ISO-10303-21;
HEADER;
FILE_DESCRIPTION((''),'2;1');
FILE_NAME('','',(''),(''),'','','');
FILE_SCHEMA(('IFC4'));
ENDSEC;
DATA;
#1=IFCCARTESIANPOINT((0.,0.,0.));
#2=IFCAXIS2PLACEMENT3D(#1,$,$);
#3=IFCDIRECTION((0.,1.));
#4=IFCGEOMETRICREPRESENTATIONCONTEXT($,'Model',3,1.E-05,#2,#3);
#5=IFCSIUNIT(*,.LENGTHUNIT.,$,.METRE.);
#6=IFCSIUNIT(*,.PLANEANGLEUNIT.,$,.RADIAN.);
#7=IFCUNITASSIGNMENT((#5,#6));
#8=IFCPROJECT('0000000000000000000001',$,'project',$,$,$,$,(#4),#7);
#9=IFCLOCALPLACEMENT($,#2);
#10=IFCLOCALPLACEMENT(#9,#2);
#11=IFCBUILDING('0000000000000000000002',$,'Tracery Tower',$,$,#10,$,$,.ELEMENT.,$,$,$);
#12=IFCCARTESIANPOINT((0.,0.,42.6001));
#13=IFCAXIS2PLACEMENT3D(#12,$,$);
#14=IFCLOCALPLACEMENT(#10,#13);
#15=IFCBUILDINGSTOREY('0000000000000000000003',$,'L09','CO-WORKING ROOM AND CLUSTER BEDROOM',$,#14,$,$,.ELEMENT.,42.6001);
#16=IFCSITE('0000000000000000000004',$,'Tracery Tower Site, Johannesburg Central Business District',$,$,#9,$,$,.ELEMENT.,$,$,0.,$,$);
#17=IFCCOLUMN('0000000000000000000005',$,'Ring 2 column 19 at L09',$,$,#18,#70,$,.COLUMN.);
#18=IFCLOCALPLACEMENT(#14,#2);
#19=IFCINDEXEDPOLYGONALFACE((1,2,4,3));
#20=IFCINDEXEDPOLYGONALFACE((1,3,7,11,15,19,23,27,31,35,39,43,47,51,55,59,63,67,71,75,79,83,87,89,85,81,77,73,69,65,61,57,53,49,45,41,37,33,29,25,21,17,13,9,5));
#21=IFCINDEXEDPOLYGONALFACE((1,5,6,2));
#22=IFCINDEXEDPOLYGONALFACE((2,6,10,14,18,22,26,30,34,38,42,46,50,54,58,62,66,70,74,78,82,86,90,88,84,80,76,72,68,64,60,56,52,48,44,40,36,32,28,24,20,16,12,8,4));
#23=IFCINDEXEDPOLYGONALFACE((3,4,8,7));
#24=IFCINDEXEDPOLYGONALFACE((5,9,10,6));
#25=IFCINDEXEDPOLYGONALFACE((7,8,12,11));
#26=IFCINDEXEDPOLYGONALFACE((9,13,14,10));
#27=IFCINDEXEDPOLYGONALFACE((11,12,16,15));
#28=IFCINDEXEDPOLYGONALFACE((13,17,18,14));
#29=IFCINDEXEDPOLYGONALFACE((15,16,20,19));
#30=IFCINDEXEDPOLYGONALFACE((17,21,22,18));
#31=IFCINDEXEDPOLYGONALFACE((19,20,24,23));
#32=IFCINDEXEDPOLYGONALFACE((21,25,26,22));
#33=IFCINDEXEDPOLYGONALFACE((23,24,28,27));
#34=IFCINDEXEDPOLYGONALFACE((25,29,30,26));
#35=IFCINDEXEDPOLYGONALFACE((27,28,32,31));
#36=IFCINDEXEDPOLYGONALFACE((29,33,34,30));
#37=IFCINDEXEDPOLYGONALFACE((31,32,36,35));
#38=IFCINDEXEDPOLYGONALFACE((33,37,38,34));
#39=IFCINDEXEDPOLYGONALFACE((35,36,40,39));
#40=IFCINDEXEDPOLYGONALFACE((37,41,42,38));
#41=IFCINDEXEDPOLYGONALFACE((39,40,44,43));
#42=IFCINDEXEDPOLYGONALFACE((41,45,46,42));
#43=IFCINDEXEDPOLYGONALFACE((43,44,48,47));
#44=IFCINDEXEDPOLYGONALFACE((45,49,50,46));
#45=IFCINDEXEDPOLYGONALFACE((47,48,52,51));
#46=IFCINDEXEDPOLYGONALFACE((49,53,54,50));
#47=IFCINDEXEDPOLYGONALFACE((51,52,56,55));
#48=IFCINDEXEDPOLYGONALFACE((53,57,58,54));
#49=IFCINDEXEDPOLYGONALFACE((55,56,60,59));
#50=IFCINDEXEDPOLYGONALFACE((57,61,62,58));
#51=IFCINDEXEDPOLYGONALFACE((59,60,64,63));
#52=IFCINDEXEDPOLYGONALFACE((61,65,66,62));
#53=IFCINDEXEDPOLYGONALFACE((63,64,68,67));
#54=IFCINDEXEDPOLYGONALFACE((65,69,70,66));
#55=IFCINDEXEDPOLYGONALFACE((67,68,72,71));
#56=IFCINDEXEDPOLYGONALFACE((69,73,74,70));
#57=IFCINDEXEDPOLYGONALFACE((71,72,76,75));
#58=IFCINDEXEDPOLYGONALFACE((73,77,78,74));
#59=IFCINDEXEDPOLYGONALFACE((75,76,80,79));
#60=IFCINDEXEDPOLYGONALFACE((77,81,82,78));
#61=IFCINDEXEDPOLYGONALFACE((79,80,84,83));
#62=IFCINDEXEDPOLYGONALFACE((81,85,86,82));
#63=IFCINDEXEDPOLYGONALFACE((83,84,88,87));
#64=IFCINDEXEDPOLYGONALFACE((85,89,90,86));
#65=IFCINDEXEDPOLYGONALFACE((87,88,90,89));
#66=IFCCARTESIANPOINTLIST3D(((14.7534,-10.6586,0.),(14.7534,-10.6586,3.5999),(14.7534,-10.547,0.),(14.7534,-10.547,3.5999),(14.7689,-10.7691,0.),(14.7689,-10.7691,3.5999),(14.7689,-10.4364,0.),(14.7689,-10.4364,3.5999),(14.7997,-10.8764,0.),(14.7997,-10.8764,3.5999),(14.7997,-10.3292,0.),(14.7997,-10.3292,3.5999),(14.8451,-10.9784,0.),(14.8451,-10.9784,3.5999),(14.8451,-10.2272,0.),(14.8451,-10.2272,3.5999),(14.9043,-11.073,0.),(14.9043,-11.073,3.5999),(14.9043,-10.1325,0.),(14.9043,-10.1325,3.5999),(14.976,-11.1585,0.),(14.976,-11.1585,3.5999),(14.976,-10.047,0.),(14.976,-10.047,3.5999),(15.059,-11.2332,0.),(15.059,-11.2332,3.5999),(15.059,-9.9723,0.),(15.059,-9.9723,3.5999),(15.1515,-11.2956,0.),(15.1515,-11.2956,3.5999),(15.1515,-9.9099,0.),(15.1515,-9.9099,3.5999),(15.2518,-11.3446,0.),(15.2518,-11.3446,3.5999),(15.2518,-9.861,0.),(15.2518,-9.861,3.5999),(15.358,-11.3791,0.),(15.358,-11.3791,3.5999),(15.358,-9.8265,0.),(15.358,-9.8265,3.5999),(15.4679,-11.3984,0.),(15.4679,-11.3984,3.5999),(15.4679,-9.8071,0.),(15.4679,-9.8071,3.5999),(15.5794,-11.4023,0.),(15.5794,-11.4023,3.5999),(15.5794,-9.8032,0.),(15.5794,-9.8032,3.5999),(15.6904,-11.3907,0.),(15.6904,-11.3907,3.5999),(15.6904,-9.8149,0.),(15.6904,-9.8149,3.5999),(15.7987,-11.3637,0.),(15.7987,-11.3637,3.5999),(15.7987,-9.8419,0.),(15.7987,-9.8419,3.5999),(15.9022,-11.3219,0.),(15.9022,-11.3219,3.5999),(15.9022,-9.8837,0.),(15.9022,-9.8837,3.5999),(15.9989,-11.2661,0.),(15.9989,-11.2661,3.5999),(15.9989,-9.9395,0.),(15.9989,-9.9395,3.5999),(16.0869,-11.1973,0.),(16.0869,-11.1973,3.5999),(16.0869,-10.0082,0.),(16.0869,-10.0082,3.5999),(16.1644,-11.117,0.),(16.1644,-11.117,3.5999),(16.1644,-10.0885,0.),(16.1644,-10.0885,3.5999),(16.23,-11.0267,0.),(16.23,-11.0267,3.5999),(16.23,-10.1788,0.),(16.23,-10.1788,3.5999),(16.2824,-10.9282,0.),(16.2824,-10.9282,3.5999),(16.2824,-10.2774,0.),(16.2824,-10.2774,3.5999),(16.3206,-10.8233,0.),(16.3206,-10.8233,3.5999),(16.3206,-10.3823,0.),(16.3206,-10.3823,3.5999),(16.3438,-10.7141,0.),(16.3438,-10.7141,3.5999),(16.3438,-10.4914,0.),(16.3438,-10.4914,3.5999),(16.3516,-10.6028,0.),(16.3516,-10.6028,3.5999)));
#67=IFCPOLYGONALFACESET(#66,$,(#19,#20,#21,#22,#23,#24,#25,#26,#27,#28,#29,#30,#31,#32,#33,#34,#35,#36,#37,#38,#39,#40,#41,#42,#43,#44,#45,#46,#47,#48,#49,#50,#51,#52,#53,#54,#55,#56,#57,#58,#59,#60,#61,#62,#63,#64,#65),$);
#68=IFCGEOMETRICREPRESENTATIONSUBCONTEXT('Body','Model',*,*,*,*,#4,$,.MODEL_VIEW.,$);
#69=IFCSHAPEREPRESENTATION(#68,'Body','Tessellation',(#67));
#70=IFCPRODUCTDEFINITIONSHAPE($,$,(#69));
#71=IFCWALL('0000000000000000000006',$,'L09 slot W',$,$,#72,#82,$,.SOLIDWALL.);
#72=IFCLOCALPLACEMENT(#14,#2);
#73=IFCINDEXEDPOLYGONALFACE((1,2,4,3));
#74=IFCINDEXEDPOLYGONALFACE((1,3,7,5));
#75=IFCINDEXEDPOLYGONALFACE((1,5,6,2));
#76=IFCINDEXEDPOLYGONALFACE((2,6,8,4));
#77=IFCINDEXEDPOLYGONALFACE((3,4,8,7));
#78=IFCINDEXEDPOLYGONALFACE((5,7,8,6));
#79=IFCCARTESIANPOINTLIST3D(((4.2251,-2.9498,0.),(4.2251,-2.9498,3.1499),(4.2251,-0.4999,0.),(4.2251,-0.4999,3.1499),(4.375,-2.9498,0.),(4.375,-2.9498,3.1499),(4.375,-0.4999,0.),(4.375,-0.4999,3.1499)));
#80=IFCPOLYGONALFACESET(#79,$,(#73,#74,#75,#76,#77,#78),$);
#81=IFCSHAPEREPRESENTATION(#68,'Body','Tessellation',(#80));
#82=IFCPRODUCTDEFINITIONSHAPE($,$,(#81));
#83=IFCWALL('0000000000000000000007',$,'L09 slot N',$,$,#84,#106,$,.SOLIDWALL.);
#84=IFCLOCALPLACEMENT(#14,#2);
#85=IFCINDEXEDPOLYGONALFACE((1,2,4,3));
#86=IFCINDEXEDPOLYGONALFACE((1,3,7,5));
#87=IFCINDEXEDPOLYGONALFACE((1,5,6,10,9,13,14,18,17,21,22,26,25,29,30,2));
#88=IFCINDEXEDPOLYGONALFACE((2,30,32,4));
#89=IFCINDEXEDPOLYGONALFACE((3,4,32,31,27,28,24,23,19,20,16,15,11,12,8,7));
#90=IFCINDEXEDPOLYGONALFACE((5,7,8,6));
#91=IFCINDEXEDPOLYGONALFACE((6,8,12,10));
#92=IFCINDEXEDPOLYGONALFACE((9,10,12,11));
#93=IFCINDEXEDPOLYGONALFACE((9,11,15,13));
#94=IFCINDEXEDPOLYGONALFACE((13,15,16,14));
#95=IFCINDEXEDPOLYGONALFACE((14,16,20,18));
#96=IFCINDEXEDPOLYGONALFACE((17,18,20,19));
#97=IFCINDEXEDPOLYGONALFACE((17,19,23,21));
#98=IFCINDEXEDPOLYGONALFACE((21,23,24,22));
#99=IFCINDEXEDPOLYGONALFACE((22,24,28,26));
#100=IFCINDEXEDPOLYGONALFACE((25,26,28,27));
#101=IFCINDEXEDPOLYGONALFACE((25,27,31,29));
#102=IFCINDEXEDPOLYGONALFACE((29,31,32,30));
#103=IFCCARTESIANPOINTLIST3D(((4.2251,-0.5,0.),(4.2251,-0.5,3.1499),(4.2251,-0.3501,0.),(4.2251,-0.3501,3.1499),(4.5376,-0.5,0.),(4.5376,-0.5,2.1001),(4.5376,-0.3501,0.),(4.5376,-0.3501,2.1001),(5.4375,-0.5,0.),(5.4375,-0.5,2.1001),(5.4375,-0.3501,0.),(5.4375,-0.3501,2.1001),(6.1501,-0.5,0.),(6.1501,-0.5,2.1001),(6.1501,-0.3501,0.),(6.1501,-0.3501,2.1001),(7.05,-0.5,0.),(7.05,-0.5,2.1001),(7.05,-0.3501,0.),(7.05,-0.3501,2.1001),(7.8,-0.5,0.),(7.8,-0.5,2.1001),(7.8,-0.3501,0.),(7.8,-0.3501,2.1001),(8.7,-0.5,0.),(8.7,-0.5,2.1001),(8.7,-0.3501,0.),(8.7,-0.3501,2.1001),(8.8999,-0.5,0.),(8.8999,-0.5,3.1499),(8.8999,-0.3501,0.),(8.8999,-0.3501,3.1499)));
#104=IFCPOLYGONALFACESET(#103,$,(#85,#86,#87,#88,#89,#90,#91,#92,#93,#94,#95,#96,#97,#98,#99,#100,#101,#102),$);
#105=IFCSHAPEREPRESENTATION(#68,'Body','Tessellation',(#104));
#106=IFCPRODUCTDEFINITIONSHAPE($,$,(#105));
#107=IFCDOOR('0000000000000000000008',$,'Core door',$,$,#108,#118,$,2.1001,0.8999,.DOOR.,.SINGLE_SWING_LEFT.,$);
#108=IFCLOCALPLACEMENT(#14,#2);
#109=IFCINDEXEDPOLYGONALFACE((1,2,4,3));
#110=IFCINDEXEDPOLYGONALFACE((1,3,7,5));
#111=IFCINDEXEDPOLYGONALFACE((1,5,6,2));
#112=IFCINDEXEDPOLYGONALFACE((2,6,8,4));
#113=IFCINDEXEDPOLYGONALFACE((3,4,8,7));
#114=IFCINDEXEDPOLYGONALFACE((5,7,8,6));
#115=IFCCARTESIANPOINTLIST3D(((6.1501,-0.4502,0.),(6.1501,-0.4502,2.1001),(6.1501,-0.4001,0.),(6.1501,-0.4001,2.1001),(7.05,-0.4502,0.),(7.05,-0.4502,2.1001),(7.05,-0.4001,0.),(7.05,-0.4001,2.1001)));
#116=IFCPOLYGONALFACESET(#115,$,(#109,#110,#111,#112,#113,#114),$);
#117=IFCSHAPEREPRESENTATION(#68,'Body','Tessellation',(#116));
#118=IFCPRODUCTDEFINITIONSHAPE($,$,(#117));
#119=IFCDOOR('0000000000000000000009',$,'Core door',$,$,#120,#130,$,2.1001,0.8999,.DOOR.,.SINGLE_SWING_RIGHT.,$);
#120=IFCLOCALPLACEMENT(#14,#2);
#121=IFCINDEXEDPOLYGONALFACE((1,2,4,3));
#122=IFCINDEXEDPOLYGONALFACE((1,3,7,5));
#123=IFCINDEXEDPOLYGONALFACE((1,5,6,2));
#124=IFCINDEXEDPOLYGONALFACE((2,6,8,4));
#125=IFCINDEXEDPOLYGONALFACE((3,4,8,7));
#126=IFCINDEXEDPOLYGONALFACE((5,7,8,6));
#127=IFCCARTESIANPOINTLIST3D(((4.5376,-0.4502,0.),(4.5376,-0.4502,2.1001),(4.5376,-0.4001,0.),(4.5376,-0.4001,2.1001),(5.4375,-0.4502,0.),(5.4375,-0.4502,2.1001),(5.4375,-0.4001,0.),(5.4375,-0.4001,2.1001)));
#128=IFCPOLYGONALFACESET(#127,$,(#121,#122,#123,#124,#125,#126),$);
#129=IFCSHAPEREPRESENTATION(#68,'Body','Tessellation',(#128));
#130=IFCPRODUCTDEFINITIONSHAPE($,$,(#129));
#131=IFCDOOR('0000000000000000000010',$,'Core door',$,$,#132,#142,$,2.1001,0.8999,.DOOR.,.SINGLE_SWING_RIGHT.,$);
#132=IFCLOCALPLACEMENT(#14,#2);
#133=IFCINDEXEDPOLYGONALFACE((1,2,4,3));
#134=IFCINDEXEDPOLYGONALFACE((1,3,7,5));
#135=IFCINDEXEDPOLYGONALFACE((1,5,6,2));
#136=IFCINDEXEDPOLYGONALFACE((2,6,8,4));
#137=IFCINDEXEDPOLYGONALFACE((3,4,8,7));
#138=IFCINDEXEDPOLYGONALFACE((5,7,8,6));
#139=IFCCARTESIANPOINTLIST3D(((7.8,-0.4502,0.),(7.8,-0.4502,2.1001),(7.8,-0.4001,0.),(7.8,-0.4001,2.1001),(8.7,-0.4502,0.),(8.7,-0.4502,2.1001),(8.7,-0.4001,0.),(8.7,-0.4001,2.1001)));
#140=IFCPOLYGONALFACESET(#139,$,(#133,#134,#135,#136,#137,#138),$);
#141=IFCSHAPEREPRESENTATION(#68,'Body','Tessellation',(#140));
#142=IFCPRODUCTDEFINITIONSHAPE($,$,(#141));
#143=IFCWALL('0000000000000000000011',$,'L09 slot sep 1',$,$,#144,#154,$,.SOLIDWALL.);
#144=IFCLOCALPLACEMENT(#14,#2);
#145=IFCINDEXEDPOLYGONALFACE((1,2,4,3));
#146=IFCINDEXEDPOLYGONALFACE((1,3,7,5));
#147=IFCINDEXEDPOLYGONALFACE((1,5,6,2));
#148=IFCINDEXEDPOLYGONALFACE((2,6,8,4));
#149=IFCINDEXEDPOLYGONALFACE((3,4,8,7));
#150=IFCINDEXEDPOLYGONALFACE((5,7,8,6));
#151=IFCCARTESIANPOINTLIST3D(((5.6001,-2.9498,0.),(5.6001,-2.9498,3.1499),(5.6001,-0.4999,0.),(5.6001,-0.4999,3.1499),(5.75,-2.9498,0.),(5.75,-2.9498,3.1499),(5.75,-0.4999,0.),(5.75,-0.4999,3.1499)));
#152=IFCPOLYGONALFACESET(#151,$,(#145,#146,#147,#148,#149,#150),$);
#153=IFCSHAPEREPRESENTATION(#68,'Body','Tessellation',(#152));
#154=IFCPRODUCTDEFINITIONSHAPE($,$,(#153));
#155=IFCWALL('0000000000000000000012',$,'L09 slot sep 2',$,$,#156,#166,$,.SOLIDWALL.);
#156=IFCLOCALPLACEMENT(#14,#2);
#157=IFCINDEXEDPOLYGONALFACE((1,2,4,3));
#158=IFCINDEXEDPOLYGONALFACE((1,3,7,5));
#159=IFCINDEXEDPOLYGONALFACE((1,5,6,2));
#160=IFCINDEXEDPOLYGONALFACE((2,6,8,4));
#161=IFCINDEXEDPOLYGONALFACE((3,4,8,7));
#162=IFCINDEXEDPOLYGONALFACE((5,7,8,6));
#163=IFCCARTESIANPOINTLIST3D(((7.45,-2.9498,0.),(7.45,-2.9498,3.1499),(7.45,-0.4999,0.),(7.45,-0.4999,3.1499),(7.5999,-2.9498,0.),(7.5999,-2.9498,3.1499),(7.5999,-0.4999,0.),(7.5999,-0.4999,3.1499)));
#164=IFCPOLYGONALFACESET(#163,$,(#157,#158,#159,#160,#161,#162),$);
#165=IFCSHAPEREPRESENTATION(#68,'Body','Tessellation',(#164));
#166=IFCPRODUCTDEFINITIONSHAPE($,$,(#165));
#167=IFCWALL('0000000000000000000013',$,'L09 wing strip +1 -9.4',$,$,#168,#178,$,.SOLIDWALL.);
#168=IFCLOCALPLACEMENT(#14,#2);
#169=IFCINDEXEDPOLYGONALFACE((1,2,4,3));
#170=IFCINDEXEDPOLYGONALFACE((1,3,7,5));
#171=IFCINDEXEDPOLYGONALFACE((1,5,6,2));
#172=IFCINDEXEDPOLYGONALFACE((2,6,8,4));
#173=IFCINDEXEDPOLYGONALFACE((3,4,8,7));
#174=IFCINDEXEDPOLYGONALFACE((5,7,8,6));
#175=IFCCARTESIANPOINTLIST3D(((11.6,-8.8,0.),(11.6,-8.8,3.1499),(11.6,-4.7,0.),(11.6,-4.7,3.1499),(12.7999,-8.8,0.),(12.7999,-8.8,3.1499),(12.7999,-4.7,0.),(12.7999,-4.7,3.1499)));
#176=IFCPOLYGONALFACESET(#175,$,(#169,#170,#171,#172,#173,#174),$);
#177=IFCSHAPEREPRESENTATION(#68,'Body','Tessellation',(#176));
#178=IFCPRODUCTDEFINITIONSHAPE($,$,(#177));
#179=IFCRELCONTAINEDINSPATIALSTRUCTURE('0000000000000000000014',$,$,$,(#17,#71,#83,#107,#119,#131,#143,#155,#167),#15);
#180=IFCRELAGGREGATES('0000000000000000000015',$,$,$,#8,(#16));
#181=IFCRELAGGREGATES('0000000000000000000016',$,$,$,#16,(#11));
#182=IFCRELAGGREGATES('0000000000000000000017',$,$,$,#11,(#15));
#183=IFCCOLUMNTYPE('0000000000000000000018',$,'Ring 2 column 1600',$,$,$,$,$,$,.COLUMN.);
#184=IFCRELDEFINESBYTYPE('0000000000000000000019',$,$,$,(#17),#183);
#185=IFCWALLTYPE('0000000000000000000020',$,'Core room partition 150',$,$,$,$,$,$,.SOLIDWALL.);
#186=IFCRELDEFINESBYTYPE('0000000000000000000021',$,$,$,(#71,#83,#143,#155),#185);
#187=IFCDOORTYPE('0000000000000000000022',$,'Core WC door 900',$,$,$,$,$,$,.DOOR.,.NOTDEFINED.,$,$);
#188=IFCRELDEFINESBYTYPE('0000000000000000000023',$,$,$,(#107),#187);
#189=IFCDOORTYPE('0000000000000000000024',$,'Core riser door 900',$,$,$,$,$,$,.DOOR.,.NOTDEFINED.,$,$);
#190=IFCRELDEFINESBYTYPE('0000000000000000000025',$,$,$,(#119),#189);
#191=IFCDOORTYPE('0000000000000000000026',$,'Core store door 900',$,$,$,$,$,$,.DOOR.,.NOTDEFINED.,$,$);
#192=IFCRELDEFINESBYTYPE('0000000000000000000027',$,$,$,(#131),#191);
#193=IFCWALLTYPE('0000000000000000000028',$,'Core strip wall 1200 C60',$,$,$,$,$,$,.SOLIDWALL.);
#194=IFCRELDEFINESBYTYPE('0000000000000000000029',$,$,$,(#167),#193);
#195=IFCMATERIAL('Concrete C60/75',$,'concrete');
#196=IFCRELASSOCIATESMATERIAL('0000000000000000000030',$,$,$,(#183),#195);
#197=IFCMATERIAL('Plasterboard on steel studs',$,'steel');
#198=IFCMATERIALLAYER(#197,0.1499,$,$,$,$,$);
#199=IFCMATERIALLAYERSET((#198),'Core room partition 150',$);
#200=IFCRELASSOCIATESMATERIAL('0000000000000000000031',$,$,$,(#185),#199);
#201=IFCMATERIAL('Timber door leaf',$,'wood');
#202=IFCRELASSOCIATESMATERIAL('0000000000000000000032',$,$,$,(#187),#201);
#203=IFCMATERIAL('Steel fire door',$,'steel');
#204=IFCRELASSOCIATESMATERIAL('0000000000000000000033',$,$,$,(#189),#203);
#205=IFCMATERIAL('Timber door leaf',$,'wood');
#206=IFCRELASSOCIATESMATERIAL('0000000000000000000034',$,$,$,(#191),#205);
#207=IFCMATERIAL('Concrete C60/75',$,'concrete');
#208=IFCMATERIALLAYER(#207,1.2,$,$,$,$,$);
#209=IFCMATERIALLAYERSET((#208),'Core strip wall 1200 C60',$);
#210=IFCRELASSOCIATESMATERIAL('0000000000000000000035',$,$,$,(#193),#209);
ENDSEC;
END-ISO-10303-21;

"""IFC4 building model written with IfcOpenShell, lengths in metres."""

from ifc_helpers import new_model, si_unit, direction, frame, frame_2d, origin, origin_2d, place, context, subcontext, project, spatial, rectangle, circle, extrude, material, layer, layer_set, material_profile, profile_set, type_object, element, fill, save


model = new_model("IFC4")

# Units and contexts
model_context = context("Model", 3, precision=1e-05, world=origin(), true_north=direction((0.0, 1.0)))
body_context = subcontext(model_context, "Body", "Model", "MODEL_VIEW")
ifc_project = project(units=[si_unit("LENGTHUNIT", "METRE"), si_unit("PLANEANGLEUNIT", "RADIAN")], contexts=[model_context])

# Site, building, storey
site_placement = place(None, origin())
site = spatial("IfcSite", under=ifc_project, at=site_placement, Name="Tracery Tower Site, Johannesburg Central Business District", CompositionType="ELEMENT", RefElevation=0.0)
building_placement = place(site_placement, origin())
building = spatial("IfcBuilding", under=site, at=building_placement, Name="Tracery Tower", CompositionType="ELEMENT")
storey_placement = place(building_placement, frame((0.0, 0.0, 42.6001)))
storey = spatial("IfcBuildingStorey", under=building, at=storey_placement, Name="L09", Description="CO-WORKING ROOM AND CLUSTER BEDROOM", CompositionType="ELEMENT", Elevation=42.6001)

# Column
ifc_material_1 = material(Name="Concrete C60/75", Category="concrete")
ifc_material_profile = material_profile(ifc_material_1, circle(Radius=0.8, at=origin_2d()), Name="RC D1600")
ifc_profile_set = profile_set([ifc_material_profile], Name="Concrete C60/75")
column_type = type_object("IfcColumnType", Name="Ring 2 column 1600", PredefinedType="COLUMN", material=ifc_profile_set)
column_placement = place(storey_placement, frame((15.5515, -10.6028, 0.0), z_axis=(0.0, 0.0, 1.0), x_axis=(1.0, 0.0, 0.0)))
element("IfcColumn", 1, at=column_placement, inside=storey, type_object=column_type, Name="Ring 2 column 19 at L09", PredefinedType="COLUMN", context=body_context, shape_type="SweptSolid", body=[
    extrude(circle(Radius=0.8, at=origin_2d()), origin(), (0.0, 0.0, 1.0), 3.5999),
])

# Wall
ifc_material_2 = material(Name="Plasterboard on steel studs", Category="steel")
ifc_layer_1 = layer(ifc_material_2, 0.1499)
ifc_layer_set_1 = layer_set([ifc_layer_1], Name="Core room partition 150")
wall_type_1 = type_object("IfcWallType", Name="Core room partition 150", PredefinedType="SOLIDWALL", material=ifc_layer_set_1)
wall_1_placement = place(storey_placement, frame((4.3, -2.95, 0.0), z_axis=(0.0, 0.0, 1.0), x_axis=(0.0, 1.0, 0.0)))
element("IfcWall", 2, at=wall_1_placement, inside=storey, type_object=wall_type_1, Name="L09 slot W", PredefinedType="SOLIDWALL", context=body_context, shape_type="SweptSolid", body=[
    extrude(rectangle(XDim=2.45, YDim=0.1499, at=frame_2d((1.2251, 0.0))), origin(), (0.0, 0.0, 1.0), 3.1499),
])

# Wall, openings, doors
wall_2_placement = place(storey_placement, frame((4.2251, -0.425, 0.0), z_axis=(0.0, 0.0, 1.0), x_axis=(1.0, 0.0, 0.0)))
wall_2 = element("IfcWall", 3, at=wall_2_placement, inside=storey, type_object=wall_type_1, Name="L09 slot N", PredefinedType="SOLIDWALL", context=body_context, shape_type="SweptSolid", body=[
    extrude(rectangle(XDim=4.6748, YDim=0.1499, at=frame_2d((2.3374, 0.0))), origin(), (0.0, 0.0, 1.0), 3.1499),
])
opening_1_placement = place(wall_2_placement, frame((0.3125, 0.0, 0.0)))
opening_1 = element("IfcOpeningElement", 4, at=opening_1_placement, cuts=wall_2, PredefinedType="OPENING", context=body_context, shape_type="SweptSolid", body=[
    extrude(rectangle(XDim=0.8999, YDim=2.1001, at=frame_2d((0.45, 1.05))), frame((0.0, 0.075, 0.0), z_axis=(0.0, -1.0, 0.0), x_axis=(1.0, 0.0, 0.0)), (0.0, 0.0, 1.0), 0.1499),
])
opening_2_placement = place(wall_2_placement, frame((1.925, 0.0, 0.0)))
opening_2 = element("IfcOpeningElement", 5, at=opening_2_placement, cuts=wall_2, PredefinedType="OPENING", context=body_context, shape_type="SweptSolid", body=[
    extrude(rectangle(XDim=0.8999, YDim=2.1001, at=frame_2d((0.45, 1.05))), frame((0.0, 0.075, 0.0), z_axis=(0.0, -1.0, 0.0), x_axis=(1.0, 0.0, 0.0)), (0.0, 0.0, 1.0), 0.1499),
])
opening_3_placement = place(wall_2_placement, frame((3.575, 0.0, 0.0)))
opening_3 = element("IfcOpeningElement", 6, at=opening_3_placement, cuts=wall_2, PredefinedType="OPENING", context=body_context, shape_type="SweptSolid", body=[
    extrude(rectangle(XDim=0.8999, YDim=2.1001, at=frame_2d((0.45, 1.05))), frame((0.0, 0.075, 0.0), z_axis=(0.0, -1.0, 0.0), x_axis=(1.0, 0.0, 0.0)), (0.0, 0.0, 1.0), 0.1499),
])
ifc_material_3 = material(Name="Timber door leaf", Category="wood")
door_type_1 = type_object("IfcDoorType", Name="Core WC door 900", OperationType="NOTDEFINED", PredefinedType="DOOR", material=ifc_material_3)
door_1_placement = place(opening_2_placement, origin())
door_1 = element("IfcDoor", 7, at=door_1_placement, inside=storey, type_object=door_type_1, Name="Core door", OperationType="SINGLE_SWING_LEFT", OverallHeight=2.1001, OverallWidth=0.8999, PredefinedType="DOOR", context=body_context, shape_type="SweptSolid", body=[
    extrude(rectangle(XDim=0.8999, YDim=2.1001, at=frame_2d((0.45, 1.05))), frame((0.0, 0.0249, 0.0), z_axis=(0.0, -1.0, 0.0), x_axis=(1.0, 0.0, 0.0)), (0.0, 0.0, 1.0), 0.05),
])
fill(opening_2, door_1)
ifc_material_4 = material(Name="Steel fire door", Category="steel")
door_type_2 = type_object("IfcDoorType", Name="Core riser door 900", OperationType="NOTDEFINED", PredefinedType="DOOR", material=ifc_material_4)
door_2_placement = place(opening_1_placement, origin())
door_2 = element("IfcDoor", 8, at=door_2_placement, inside=storey, type_object=door_type_2, Name="Core door", OperationType="SINGLE_SWING_RIGHT", OverallHeight=2.1001, OverallWidth=0.8999, PredefinedType="DOOR", context=body_context, shape_type="SweptSolid", body=[
    extrude(rectangle(XDim=0.8999, YDim=2.1001, at=frame_2d((0.45, 1.05))), frame((0.0, 0.0249, 0.0), z_axis=(0.0, -1.0, 0.0), x_axis=(1.0, 0.0, 0.0)), (0.0, 0.0, 1.0), 0.05),
])
fill(opening_1, door_2)
ifc_material_5 = material(Name="Timber door leaf", Category="wood")
door_type_3 = type_object("IfcDoorType", Name="Core store door 900", OperationType="NOTDEFINED", PredefinedType="DOOR", material=ifc_material_5)
door_3_placement = place(opening_3_placement, origin())
door_3 = element("IfcDoor", 9, at=door_3_placement, inside=storey, type_object=door_type_3, Name="Core door", OperationType="SINGLE_SWING_RIGHT", OverallHeight=2.1001, OverallWidth=0.8999, PredefinedType="DOOR", context=body_context, shape_type="SweptSolid", body=[
    extrude(rectangle(XDim=0.8999, YDim=2.1001, at=frame_2d((0.45, 1.05))), frame((0.0, 0.0249, 0.0), z_axis=(0.0, -1.0, 0.0), x_axis=(1.0, 0.0, 0.0)), (0.0, 0.0, 1.0), 0.05),
])
fill(opening_3, door_3)

# Walls
for number, where, z_axis, x_axis, name in (
    (10, (5.675, -2.95, 0.0), (0.0, 0.0, 1.0), (0.0, 1.0, 0.0), "L09 slot sep 1"),
    (11, (7.5249, -2.95, 0.0), (0.0, 0.0, 1.0), (0.0, 1.0, 0.0), "L09 slot sep 2"),
):
    element("IfcWall", number, at=place(storey_placement, frame(where, z_axis=z_axis, x_axis=x_axis)), inside=storey, type_object=wall_type_1, Name=name, PredefinedType="SOLIDWALL", context=body_context, shape_type="SweptSolid", body=[
        extrude(rectangle(XDim=2.45, YDim=0.1499, at=frame_2d((1.2251, 0.0))), origin(), (0.0, 0.0, 1.0), 3.1499),
    ])
ifc_material_6 = material(Name="Concrete C60/75", Category="concrete")
ifc_layer_2 = layer(ifc_material_6, 1.2)
ifc_layer_set_2 = layer_set([ifc_layer_2], Name="Core strip wall 1200 C60")
wall_type_2 = type_object("IfcWallType", Name="Core strip wall 1200 C60", PredefinedType="SOLIDWALL", material=ifc_layer_set_2)
wall_3_placement = place(storey_placement, frame((12.2, -8.8, 0.0), z_axis=(0.0, 0.0, 1.0), x_axis=(0.0, 1.0, 0.0)))
element("IfcWall", 12, at=wall_3_placement, inside=storey, type_object=wall_type_2, Name="L09 wing strip +1 -9.4", PredefinedType="SOLIDWALL", context=body_context, shape_type="SweptSolid", body=[
    extrude(rectangle(XDim=4.1001, YDim=1.2, at=frame_2d((2.05, 0.0))), origin(), (0.0, 0.0, 1.0), 3.1499),
])

save(model, "model.ifc")
